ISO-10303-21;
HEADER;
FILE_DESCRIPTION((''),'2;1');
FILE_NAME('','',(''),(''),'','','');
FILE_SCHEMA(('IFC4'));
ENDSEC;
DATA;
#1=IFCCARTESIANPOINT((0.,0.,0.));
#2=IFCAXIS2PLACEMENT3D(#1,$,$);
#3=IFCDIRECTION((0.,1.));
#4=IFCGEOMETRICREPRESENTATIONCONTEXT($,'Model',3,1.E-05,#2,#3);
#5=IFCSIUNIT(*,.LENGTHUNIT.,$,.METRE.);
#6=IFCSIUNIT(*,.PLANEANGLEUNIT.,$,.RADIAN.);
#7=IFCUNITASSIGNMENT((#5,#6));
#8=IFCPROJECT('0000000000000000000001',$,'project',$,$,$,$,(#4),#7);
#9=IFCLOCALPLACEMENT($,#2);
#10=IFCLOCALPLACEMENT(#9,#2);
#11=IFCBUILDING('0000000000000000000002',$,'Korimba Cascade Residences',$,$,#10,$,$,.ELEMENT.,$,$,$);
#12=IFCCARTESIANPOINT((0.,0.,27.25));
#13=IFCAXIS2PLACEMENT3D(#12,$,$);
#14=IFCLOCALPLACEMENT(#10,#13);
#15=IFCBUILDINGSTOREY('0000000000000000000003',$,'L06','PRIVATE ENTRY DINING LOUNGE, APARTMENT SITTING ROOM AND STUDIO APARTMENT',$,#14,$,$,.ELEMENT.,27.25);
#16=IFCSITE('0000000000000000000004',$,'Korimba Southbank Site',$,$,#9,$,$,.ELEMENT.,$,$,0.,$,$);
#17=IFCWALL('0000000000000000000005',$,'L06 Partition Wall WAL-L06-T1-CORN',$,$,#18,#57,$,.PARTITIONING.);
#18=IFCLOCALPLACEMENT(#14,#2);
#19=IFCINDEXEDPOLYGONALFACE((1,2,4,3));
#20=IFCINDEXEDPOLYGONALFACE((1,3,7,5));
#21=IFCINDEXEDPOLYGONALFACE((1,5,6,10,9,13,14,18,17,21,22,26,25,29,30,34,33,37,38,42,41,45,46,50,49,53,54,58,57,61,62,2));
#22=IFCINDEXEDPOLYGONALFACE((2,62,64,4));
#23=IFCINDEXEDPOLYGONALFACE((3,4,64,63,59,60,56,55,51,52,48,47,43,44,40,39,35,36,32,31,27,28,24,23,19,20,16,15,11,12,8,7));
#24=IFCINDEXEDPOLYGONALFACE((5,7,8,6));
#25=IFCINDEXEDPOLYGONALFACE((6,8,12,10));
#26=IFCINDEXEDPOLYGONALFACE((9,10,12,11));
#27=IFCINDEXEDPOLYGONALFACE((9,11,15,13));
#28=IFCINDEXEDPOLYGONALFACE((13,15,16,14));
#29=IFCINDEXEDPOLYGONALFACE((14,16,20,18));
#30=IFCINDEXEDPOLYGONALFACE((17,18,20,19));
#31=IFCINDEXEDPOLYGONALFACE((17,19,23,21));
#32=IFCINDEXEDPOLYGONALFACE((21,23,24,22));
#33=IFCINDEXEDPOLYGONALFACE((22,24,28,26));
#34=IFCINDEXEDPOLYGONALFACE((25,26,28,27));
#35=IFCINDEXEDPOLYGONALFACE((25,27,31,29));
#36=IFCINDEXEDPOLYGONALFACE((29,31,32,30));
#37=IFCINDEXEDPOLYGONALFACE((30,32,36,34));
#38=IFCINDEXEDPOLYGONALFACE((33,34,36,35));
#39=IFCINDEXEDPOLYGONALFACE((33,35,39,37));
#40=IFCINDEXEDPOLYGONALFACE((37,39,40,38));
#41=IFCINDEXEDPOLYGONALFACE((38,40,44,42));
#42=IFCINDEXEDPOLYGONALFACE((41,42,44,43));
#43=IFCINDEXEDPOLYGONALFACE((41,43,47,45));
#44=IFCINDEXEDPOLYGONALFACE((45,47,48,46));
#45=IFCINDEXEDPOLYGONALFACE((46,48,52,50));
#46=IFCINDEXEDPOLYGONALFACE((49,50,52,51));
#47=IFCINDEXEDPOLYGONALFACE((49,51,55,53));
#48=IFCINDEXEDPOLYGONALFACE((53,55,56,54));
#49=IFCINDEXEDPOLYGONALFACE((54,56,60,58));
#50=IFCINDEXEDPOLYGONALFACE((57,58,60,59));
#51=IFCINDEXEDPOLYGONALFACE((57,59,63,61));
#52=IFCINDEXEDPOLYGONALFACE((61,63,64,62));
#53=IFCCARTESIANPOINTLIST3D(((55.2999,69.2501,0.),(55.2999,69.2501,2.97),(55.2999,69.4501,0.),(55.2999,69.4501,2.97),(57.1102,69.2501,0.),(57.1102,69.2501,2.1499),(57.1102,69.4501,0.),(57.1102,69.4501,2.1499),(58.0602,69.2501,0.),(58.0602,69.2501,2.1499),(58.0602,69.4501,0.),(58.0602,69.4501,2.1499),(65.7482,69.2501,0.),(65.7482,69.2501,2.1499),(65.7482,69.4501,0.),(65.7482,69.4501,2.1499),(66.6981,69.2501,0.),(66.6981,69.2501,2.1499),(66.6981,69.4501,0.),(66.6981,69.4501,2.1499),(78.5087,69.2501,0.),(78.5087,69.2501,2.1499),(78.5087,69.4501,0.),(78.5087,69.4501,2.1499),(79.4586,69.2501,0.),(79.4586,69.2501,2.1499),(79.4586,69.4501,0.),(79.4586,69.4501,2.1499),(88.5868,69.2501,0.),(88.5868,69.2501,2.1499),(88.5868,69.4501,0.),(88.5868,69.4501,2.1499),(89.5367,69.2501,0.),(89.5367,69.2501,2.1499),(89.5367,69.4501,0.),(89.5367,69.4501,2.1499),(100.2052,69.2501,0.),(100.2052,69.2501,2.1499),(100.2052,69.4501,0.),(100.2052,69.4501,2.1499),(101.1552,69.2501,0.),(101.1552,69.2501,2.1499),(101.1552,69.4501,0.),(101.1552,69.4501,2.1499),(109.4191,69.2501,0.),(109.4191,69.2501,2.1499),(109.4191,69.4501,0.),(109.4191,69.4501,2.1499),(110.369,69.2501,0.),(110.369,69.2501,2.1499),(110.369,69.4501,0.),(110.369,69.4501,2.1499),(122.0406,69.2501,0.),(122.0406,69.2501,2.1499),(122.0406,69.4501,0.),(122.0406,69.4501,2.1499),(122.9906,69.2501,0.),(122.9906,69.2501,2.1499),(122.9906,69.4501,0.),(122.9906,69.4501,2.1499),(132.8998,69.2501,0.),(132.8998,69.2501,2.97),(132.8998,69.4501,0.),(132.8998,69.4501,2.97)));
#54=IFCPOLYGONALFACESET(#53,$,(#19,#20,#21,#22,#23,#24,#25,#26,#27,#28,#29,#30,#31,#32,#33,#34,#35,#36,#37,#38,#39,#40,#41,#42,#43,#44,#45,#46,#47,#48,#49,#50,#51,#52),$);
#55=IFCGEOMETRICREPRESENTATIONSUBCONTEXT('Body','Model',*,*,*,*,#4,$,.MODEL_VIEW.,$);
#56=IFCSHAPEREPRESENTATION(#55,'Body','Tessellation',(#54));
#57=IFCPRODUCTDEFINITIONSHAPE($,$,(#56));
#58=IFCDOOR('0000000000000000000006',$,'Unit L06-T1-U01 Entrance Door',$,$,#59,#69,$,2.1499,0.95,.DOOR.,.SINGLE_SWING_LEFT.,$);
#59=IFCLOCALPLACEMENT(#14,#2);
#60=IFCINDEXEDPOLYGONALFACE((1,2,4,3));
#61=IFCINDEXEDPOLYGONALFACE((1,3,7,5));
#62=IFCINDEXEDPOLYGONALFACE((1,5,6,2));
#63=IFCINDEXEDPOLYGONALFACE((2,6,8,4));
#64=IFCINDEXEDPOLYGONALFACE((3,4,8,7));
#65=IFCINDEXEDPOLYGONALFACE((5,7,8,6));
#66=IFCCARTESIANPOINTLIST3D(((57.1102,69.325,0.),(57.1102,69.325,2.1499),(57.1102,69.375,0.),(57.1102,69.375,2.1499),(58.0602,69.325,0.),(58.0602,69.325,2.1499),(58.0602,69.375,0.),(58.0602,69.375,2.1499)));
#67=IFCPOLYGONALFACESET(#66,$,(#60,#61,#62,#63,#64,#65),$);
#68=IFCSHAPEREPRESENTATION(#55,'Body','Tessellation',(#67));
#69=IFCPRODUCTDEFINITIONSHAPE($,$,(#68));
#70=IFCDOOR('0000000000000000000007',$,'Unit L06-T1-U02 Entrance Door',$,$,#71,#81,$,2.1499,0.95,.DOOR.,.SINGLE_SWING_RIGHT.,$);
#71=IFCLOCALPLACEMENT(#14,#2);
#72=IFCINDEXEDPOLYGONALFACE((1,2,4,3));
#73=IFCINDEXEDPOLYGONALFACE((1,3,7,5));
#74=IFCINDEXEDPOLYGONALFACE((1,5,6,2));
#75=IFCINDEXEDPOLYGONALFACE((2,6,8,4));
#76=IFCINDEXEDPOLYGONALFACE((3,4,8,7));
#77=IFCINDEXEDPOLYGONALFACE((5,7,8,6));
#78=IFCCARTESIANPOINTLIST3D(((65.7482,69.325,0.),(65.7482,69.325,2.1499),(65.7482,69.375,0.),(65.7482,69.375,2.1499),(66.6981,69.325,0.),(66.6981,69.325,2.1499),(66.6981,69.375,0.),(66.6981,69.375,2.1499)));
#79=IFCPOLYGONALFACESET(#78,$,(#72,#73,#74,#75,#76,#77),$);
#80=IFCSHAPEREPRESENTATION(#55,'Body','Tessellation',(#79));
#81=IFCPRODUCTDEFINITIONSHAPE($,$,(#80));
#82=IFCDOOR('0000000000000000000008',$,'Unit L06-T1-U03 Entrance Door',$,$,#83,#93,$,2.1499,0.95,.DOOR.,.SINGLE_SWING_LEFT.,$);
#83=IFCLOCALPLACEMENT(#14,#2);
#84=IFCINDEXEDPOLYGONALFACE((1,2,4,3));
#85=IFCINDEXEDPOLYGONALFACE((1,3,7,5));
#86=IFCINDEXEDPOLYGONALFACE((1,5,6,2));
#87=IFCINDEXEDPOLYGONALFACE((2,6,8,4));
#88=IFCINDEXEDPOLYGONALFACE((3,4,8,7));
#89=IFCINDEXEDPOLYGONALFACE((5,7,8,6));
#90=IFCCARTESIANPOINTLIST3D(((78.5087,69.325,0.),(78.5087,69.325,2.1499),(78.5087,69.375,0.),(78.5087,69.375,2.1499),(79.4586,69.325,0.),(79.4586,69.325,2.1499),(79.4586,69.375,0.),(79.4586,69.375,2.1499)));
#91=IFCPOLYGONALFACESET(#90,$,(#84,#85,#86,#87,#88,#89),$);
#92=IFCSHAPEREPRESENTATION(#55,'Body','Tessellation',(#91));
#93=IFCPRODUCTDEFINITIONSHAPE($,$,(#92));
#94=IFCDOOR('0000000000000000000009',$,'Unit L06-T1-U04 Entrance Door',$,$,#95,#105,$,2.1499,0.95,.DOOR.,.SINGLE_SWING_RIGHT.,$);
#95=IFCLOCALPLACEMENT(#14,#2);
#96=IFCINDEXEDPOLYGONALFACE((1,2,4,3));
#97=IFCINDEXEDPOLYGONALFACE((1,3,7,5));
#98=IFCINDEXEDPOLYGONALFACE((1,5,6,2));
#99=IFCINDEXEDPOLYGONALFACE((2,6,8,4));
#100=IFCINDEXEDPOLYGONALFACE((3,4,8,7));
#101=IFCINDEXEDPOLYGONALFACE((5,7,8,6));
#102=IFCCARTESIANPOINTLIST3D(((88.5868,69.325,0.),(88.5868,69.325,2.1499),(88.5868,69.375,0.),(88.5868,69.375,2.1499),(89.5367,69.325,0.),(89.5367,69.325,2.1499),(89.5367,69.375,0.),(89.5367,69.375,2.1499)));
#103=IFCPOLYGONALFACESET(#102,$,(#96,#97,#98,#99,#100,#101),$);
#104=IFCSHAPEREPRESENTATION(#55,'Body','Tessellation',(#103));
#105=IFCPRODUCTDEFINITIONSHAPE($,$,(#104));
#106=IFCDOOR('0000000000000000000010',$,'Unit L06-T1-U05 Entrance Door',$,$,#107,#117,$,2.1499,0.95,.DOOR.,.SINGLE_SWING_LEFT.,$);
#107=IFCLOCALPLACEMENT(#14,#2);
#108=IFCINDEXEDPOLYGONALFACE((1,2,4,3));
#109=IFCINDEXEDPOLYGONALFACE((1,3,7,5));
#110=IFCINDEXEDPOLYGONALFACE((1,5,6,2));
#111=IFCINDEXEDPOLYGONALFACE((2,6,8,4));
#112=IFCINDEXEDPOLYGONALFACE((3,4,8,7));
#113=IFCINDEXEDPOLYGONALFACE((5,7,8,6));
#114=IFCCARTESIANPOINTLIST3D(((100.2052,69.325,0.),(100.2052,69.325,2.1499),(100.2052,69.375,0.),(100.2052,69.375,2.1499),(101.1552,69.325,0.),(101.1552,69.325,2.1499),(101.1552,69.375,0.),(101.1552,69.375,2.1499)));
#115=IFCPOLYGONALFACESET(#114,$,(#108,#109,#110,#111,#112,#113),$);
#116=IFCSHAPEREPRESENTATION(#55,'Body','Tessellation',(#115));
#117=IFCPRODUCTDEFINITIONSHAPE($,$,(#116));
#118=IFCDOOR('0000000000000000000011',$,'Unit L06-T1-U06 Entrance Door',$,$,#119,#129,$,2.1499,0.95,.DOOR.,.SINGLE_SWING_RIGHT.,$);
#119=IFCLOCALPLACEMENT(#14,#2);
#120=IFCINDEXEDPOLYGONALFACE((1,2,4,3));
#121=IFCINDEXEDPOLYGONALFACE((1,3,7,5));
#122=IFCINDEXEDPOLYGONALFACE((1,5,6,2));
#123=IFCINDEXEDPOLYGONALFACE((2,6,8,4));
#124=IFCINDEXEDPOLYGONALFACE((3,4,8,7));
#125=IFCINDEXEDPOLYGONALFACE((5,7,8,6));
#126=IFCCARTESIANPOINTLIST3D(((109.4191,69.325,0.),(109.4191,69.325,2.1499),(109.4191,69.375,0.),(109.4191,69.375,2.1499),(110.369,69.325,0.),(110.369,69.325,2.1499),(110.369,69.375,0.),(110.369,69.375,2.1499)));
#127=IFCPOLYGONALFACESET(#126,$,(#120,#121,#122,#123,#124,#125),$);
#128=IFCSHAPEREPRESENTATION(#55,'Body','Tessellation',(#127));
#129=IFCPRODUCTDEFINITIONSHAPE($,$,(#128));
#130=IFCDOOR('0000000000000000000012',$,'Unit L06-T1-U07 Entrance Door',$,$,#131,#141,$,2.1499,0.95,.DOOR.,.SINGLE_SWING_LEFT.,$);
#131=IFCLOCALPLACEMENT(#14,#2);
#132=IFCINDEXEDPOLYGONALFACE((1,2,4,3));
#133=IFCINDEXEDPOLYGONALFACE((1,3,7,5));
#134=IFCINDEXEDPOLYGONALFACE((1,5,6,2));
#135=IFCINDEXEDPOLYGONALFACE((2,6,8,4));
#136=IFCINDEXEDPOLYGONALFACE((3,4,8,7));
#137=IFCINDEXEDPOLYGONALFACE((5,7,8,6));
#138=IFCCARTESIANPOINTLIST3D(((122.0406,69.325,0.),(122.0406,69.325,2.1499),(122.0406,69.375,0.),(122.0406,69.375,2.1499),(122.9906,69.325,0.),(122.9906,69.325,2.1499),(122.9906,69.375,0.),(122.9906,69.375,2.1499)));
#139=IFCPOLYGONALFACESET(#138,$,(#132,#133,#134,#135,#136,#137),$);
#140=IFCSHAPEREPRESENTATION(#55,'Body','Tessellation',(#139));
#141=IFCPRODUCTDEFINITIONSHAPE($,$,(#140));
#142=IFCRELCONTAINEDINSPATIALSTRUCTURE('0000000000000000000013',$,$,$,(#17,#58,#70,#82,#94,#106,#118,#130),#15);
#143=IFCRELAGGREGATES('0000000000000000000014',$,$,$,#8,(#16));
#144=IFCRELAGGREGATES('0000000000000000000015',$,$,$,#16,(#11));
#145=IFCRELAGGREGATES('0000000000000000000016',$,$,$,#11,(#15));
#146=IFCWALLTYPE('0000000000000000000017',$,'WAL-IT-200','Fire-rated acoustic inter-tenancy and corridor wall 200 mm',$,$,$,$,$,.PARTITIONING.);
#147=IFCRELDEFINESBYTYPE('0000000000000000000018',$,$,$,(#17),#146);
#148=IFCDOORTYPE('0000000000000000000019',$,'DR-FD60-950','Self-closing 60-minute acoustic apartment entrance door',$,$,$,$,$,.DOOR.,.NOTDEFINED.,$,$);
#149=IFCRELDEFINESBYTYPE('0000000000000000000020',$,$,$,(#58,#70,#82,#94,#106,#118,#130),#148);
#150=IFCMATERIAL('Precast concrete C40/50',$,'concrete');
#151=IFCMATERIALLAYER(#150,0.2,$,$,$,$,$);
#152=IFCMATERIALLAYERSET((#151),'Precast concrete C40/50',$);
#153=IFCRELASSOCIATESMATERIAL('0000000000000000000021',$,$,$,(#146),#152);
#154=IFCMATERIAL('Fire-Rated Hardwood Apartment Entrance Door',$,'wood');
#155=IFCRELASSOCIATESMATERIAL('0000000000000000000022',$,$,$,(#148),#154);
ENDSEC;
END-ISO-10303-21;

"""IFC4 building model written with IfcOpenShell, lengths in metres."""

from ifc_helpers import new_model, si_unit, direction, frame, frame_2d, origin, place, context, subcontext, project, spatial, rectangle, extrude, material, layer, layer_set, type_object, element, fill, save


model = new_model("IFC4")

# Units and contexts
model_context = context("Model", 3, precision=1e-05, world=origin(), true_north=direction((0.0, 1.0)))
body_context = subcontext(model_context, "Body", "Model", "MODEL_VIEW")
ifc_project = project(units=[si_unit("LENGTHUNIT", "METRE"), si_unit("PLANEANGLEUNIT", "RADIAN")], contexts=[model_context])

# Site, building, storey
site_placement = place(None, origin())
site = spatial("IfcSite", under=ifc_project, at=site_placement, Name="Korimba Southbank Site", CompositionType="ELEMENT", RefElevation=0.0)
building_placement = place(site_placement, origin())
building = spatial("IfcBuilding", under=site, at=building_placement, Name="Korimba Cascade Residences", CompositionType="ELEMENT")
storey_placement = place(building_placement, frame((0.0, 0.0, 27.25)))
storey = spatial("IfcBuildingStorey", under=building, at=storey_placement, Name="L06", Description="PRIVATE ENTRY DINING LOUNGE, APARTMENT SITTING ROOM AND STUDIO APARTMENT", CompositionType="ELEMENT", Elevation=27.25)

# Shared definitions
ifc_material_1 = material(Name="Precast concrete C40/50", Category="concrete")
ifc_layer_1 = layer(ifc_material_1, 0.2)
ifc_layer_set_1 = layer_set([ifc_layer_1], Name="Precast concrete C40/50")
wall_type_1 = type_object("IfcWallType", Name="WAL-IT-200", Description="Fire-rated acoustic inter-tenancy and corridor wall 200 mm", PredefinedType="PARTITIONING", material=ifc_layer_set_1)
ifc_material_2 = material(Name="Fire-Rated Hardwood Apartment Entrance Door", Category="wood")
door_type_1 = type_object("IfcDoorType", Name="DR-FD60-950", Description="Self-closing 60-minute acoustic apartment entrance door", OperationType="NOTDEFINED", PredefinedType="DOOR", material=ifc_material_2)

# Wall, openings, doors
wall_1_placement = place(storey_placement, frame((55.3, 69.3501, 0.0), z_axis=(0.0, 0.0, 1.0), x_axis=(1.0, 0.0, 0.0)))
wall_1 = element("IfcWall", 1, at=wall_1_placement, inside=storey, type_object=wall_type_1, Name="L06 Partition Wall WAL-L06-T1-CORN", PredefinedType="PARTITIONING", context=body_context, shape_type="SweptSolid", body=[
    extrude(rectangle(XDim=77.5999, YDim=0.2, at=frame_2d((38.7998, 0.0))), origin(), (0.0, 0.0, 1.0), 2.97),
])
opening_1_placement = place(wall_1_placement, frame((1.8101, 0.0, 0.0)))
opening_1 = element("IfcOpeningElement", 2, at=opening_1_placement, cuts=wall_1, PredefinedType="OPENING", context=body_context, shape_type="SweptSolid", body=[
    extrude(rectangle(XDim=0.95, YDim=2.1499, at=frame_2d((0.4751, 1.075))), frame((0.0, 0.1099, 0.0), z_axis=(0.0, -1.0, 0.0), x_axis=(1.0, 0.0, 0.0)), (0.0, 0.0, 1.0), 0.22),
])
opening_2_placement = place(wall_1_placement, frame((10.448, 0.0, 0.0)))
opening_2 = element("IfcOpeningElement", 3, at=opening_2_placement, cuts=wall_1, PredefinedType="OPENING", context=body_context, shape_type="SweptSolid", body=[
    extrude(rectangle(XDim=0.95, YDim=2.1499, at=frame_2d((0.4751, 1.075))), frame((0.0, 0.1099, 0.0), z_axis=(0.0, -1.0, 0.0), x_axis=(1.0, 0.0, 0.0)), (0.0, 0.0, 1.0), 0.22),
])
opening_3_placement = place(wall_1_placement, frame((23.2085, 0.0, 0.0)))
opening_3 = element("IfcOpeningElement", 4, at=opening_3_placement, cuts=wall_1, PredefinedType="OPENING", context=body_context, shape_type="SweptSolid", body=[
    extrude(rectangle(XDim=0.95, YDim=2.1499, at=frame_2d((0.4751, 1.075))), frame((0.0, 0.1099, 0.0), z_axis=(0.0, -1.0, 0.0), x_axis=(1.0, 0.0, 0.0)), (0.0, 0.0, 1.0), 0.22),
])
opening_4_placement = place(wall_1_placement, frame((33.2866, 0.0, 0.0)))
opening_4 = element("IfcOpeningElement", 5, at=opening_4_placement, cuts=wall_1, PredefinedType="OPENING", context=body_context, shape_type="SweptSolid", body=[
    extrude(rectangle(XDim=0.95, YDim=2.1499, at=frame_2d((0.4751, 1.075))), frame((0.0, 0.1099, 0.0), z_axis=(0.0, -1.0, 0.0), x_axis=(1.0, 0.0, 0.0)), (0.0, 0.0, 1.0), 0.22),
])
opening_5_placement = place(wall_1_placement, frame((44.905, 0.0, 0.0)))
opening_5 = element("IfcOpeningElement", 6, at=opening_5_placement, cuts=wall_1, PredefinedType="OPENING", context=body_context, shape_type="SweptSolid", body=[
    extrude(rectangle(XDim=0.95, YDim=2.1499, at=frame_2d((0.4751, 1.075))), frame((0.0, 0.1099, 0.0), z_axis=(0.0, -1.0, 0.0), x_axis=(1.0, 0.0, 0.0)), (0.0, 0.0, 1.0), 0.22),
])
opening_6_placement = place(wall_1_placement, frame((54.1189, 0.0, 0.0)))
opening_6 = element("IfcOpeningElement", 7, at=opening_6_placement, cuts=wall_1, PredefinedType="OPENING", context=body_context, shape_type="SweptSolid", body=[
    extrude(rectangle(XDim=0.95, YDim=2.1499, at=frame_2d((0.4751, 1.075))), frame((0.0, 0.1099, 0.0), z_axis=(0.0, -1.0, 0.0), x_axis=(1.0, 0.0, 0.0)), (0.0, 0.0, 1.0), 0.22),
])
opening_7_placement = place(wall_1_placement, frame((66.7405, 0.0, 0.0)))
opening_7 = element("IfcOpeningElement", 8, at=opening_7_placement, cuts=wall_1, PredefinedType="OPENING", context=body_context, shape_type="SweptSolid", body=[
    extrude(rectangle(XDim=0.95, YDim=2.1499, at=frame_2d((0.4751, 1.075))), frame((0.0, 0.1099, 0.0), z_axis=(0.0, -1.0, 0.0), x_axis=(1.0, 0.0, 0.0)), (0.0, 0.0, 1.0), 0.22),
])
door_1_placement = place(opening_1_placement, origin())
door_1 = element("IfcDoor", 9, at=door_1_placement, inside=storey, type_object=door_type_1, Name="Unit L06-T1-U01 Entrance Door", OperationType="SINGLE_SWING_LEFT", OverallHeight=2.1499, OverallWidth=0.95, PredefinedType="DOOR", context=body_context, shape_type="SweptSolid", body=[
    extrude(rectangle(XDim=0.95, YDim=2.1499, at=frame_2d((0.4751, 1.075))), frame((0.0, 0.0249, 0.0), z_axis=(0.0, -1.0, 0.0), x_axis=(1.0, 0.0, 0.0)), (0.0, 0.0, 1.0), 0.05),
])
fill(opening_1, door_1)
door_2_placement = place(opening_2_placement, origin())
door_2 = element("IfcDoor", 10, at=door_2_placement, inside=storey, type_object=door_type_1, Name="Unit L06-T1-U02 Entrance Door", OperationType="SINGLE_SWING_RIGHT", OverallHeight=2.1499, OverallWidth=0.95, PredefinedType="DOOR", context=body_context, shape_type="SweptSolid", body=[
    extrude(rectangle(XDim=0.95, YDim=2.1499, at=frame_2d((0.4751, 1.075))), frame((0.0, 0.0249, 0.0), z_axis=(0.0, -1.0, 0.0), x_axis=(1.0, 0.0, 0.0)), (0.0, 0.0, 1.0), 0.05),
])
fill(opening_2, door_2)
door_3_placement = place(opening_3_placement, origin())
door_3 = element("IfcDoor", 11, at=door_3_placement, inside=storey, type_object=door_type_1, Name="Unit L06-T1-U03 Entrance Door", OperationType="SINGLE_SWING_LEFT", OverallHeight=2.1499, OverallWidth=0.95, PredefinedType="DOOR", context=body_context, shape_type="SweptSolid", body=[
    extrude(rectangle(XDim=0.95, YDim=2.1499, at=frame_2d((0.4751, 1.075))), frame((0.0, 0.0249, 0.0), z_axis=(0.0, -1.0, 0.0), x_axis=(1.0, 0.0, 0.0)), (0.0, 0.0, 1.0), 0.05),
])
fill(opening_3, door_3)
door_4_placement = place(opening_4_placement, origin())
door_4 = element("IfcDoor", 12, at=door_4_placement, inside=storey, type_object=door_type_1, Name="Unit L06-T1-U04 Entrance Door", OperationType="SINGLE_SWING_RIGHT", OverallHeight=2.1499, OverallWidth=0.95, PredefinedType="DOOR", context=body_context, shape_type="SweptSolid", body=[
    extrude(rectangle(XDim=0.95, YDim=2.1499, at=frame_2d((0.4751, 1.075))), frame((0.0, 0.0249, 0.0), z_axis=(0.0, -1.0, 0.0), x_axis=(1.0, 0.0, 0.0)), (0.0, 0.0, 1.0), 0.05),
])
fill(opening_4, door_4)
door_5_placement = place(opening_5_placement, origin())
door_5 = element("IfcDoor", 13, at=door_5_placement, inside=storey, type_object=door_type_1, Name="Unit L06-T1-U05 Entrance Door", OperationType="SINGLE_SWING_LEFT", OverallHeight=2.1499, OverallWidth=0.95, PredefinedType="DOOR", context=body_context, shape_type="SweptSolid", body=[
    extrude(rectangle(XDim=0.95, YDim=2.1499, at=frame_2d((0.4751, 1.075))), frame((0.0, 0.0249, 0.0), z_axis=(0.0, -1.0, 0.0), x_axis=(1.0, 0.0, 0.0)), (0.0, 0.0, 1.0), 0.05),
])
fill(opening_5, door_5)
door_6_placement = place(opening_6_placement, origin())
door_6 = element("IfcDoor", 14, at=door_6_placement, inside=storey, type_object=door_type_1, Name="Unit L06-T1-U06 Entrance Door", OperationType="SINGLE_SWING_RIGHT", OverallHeight=2.1499, OverallWidth=0.95, PredefinedType="DOOR", context=body_context, shape_type="SweptSolid", body=[
    extrude(rectangle(XDim=0.95, YDim=2.1499, at=frame_2d((0.4751, 1.075))), frame((0.0, 0.0249, 0.0), z_axis=(0.0, -1.0, 0.0), x_axis=(1.0, 0.0, 0.0)), (0.0, 0.0, 1.0), 0.05),
])
fill(opening_6, door_6)
door_7_placement = place(opening_7_placement, origin())
door_7 = element("IfcDoor", 15, at=door_7_placement, inside=storey, type_object=door_type_1, Name="Unit L06-T1-U07 Entrance Door", OperationType="SINGLE_SWING_LEFT", OverallHeight=2.1499, OverallWidth=0.95, PredefinedType="DOOR", context=body_context, shape_type="SweptSolid", body=[
    extrude(rectangle(XDim=0.95, YDim=2.1499, at=frame_2d((0.4751, 1.075))), frame((0.0, 0.0249, 0.0), z_axis=(0.0, -1.0, 0.0), x_axis=(1.0, 0.0, 0.0)), (0.0, 0.0, 1.0), 0.05),
])
fill(opening_7, door_7)

save(model, "model.ifc")
